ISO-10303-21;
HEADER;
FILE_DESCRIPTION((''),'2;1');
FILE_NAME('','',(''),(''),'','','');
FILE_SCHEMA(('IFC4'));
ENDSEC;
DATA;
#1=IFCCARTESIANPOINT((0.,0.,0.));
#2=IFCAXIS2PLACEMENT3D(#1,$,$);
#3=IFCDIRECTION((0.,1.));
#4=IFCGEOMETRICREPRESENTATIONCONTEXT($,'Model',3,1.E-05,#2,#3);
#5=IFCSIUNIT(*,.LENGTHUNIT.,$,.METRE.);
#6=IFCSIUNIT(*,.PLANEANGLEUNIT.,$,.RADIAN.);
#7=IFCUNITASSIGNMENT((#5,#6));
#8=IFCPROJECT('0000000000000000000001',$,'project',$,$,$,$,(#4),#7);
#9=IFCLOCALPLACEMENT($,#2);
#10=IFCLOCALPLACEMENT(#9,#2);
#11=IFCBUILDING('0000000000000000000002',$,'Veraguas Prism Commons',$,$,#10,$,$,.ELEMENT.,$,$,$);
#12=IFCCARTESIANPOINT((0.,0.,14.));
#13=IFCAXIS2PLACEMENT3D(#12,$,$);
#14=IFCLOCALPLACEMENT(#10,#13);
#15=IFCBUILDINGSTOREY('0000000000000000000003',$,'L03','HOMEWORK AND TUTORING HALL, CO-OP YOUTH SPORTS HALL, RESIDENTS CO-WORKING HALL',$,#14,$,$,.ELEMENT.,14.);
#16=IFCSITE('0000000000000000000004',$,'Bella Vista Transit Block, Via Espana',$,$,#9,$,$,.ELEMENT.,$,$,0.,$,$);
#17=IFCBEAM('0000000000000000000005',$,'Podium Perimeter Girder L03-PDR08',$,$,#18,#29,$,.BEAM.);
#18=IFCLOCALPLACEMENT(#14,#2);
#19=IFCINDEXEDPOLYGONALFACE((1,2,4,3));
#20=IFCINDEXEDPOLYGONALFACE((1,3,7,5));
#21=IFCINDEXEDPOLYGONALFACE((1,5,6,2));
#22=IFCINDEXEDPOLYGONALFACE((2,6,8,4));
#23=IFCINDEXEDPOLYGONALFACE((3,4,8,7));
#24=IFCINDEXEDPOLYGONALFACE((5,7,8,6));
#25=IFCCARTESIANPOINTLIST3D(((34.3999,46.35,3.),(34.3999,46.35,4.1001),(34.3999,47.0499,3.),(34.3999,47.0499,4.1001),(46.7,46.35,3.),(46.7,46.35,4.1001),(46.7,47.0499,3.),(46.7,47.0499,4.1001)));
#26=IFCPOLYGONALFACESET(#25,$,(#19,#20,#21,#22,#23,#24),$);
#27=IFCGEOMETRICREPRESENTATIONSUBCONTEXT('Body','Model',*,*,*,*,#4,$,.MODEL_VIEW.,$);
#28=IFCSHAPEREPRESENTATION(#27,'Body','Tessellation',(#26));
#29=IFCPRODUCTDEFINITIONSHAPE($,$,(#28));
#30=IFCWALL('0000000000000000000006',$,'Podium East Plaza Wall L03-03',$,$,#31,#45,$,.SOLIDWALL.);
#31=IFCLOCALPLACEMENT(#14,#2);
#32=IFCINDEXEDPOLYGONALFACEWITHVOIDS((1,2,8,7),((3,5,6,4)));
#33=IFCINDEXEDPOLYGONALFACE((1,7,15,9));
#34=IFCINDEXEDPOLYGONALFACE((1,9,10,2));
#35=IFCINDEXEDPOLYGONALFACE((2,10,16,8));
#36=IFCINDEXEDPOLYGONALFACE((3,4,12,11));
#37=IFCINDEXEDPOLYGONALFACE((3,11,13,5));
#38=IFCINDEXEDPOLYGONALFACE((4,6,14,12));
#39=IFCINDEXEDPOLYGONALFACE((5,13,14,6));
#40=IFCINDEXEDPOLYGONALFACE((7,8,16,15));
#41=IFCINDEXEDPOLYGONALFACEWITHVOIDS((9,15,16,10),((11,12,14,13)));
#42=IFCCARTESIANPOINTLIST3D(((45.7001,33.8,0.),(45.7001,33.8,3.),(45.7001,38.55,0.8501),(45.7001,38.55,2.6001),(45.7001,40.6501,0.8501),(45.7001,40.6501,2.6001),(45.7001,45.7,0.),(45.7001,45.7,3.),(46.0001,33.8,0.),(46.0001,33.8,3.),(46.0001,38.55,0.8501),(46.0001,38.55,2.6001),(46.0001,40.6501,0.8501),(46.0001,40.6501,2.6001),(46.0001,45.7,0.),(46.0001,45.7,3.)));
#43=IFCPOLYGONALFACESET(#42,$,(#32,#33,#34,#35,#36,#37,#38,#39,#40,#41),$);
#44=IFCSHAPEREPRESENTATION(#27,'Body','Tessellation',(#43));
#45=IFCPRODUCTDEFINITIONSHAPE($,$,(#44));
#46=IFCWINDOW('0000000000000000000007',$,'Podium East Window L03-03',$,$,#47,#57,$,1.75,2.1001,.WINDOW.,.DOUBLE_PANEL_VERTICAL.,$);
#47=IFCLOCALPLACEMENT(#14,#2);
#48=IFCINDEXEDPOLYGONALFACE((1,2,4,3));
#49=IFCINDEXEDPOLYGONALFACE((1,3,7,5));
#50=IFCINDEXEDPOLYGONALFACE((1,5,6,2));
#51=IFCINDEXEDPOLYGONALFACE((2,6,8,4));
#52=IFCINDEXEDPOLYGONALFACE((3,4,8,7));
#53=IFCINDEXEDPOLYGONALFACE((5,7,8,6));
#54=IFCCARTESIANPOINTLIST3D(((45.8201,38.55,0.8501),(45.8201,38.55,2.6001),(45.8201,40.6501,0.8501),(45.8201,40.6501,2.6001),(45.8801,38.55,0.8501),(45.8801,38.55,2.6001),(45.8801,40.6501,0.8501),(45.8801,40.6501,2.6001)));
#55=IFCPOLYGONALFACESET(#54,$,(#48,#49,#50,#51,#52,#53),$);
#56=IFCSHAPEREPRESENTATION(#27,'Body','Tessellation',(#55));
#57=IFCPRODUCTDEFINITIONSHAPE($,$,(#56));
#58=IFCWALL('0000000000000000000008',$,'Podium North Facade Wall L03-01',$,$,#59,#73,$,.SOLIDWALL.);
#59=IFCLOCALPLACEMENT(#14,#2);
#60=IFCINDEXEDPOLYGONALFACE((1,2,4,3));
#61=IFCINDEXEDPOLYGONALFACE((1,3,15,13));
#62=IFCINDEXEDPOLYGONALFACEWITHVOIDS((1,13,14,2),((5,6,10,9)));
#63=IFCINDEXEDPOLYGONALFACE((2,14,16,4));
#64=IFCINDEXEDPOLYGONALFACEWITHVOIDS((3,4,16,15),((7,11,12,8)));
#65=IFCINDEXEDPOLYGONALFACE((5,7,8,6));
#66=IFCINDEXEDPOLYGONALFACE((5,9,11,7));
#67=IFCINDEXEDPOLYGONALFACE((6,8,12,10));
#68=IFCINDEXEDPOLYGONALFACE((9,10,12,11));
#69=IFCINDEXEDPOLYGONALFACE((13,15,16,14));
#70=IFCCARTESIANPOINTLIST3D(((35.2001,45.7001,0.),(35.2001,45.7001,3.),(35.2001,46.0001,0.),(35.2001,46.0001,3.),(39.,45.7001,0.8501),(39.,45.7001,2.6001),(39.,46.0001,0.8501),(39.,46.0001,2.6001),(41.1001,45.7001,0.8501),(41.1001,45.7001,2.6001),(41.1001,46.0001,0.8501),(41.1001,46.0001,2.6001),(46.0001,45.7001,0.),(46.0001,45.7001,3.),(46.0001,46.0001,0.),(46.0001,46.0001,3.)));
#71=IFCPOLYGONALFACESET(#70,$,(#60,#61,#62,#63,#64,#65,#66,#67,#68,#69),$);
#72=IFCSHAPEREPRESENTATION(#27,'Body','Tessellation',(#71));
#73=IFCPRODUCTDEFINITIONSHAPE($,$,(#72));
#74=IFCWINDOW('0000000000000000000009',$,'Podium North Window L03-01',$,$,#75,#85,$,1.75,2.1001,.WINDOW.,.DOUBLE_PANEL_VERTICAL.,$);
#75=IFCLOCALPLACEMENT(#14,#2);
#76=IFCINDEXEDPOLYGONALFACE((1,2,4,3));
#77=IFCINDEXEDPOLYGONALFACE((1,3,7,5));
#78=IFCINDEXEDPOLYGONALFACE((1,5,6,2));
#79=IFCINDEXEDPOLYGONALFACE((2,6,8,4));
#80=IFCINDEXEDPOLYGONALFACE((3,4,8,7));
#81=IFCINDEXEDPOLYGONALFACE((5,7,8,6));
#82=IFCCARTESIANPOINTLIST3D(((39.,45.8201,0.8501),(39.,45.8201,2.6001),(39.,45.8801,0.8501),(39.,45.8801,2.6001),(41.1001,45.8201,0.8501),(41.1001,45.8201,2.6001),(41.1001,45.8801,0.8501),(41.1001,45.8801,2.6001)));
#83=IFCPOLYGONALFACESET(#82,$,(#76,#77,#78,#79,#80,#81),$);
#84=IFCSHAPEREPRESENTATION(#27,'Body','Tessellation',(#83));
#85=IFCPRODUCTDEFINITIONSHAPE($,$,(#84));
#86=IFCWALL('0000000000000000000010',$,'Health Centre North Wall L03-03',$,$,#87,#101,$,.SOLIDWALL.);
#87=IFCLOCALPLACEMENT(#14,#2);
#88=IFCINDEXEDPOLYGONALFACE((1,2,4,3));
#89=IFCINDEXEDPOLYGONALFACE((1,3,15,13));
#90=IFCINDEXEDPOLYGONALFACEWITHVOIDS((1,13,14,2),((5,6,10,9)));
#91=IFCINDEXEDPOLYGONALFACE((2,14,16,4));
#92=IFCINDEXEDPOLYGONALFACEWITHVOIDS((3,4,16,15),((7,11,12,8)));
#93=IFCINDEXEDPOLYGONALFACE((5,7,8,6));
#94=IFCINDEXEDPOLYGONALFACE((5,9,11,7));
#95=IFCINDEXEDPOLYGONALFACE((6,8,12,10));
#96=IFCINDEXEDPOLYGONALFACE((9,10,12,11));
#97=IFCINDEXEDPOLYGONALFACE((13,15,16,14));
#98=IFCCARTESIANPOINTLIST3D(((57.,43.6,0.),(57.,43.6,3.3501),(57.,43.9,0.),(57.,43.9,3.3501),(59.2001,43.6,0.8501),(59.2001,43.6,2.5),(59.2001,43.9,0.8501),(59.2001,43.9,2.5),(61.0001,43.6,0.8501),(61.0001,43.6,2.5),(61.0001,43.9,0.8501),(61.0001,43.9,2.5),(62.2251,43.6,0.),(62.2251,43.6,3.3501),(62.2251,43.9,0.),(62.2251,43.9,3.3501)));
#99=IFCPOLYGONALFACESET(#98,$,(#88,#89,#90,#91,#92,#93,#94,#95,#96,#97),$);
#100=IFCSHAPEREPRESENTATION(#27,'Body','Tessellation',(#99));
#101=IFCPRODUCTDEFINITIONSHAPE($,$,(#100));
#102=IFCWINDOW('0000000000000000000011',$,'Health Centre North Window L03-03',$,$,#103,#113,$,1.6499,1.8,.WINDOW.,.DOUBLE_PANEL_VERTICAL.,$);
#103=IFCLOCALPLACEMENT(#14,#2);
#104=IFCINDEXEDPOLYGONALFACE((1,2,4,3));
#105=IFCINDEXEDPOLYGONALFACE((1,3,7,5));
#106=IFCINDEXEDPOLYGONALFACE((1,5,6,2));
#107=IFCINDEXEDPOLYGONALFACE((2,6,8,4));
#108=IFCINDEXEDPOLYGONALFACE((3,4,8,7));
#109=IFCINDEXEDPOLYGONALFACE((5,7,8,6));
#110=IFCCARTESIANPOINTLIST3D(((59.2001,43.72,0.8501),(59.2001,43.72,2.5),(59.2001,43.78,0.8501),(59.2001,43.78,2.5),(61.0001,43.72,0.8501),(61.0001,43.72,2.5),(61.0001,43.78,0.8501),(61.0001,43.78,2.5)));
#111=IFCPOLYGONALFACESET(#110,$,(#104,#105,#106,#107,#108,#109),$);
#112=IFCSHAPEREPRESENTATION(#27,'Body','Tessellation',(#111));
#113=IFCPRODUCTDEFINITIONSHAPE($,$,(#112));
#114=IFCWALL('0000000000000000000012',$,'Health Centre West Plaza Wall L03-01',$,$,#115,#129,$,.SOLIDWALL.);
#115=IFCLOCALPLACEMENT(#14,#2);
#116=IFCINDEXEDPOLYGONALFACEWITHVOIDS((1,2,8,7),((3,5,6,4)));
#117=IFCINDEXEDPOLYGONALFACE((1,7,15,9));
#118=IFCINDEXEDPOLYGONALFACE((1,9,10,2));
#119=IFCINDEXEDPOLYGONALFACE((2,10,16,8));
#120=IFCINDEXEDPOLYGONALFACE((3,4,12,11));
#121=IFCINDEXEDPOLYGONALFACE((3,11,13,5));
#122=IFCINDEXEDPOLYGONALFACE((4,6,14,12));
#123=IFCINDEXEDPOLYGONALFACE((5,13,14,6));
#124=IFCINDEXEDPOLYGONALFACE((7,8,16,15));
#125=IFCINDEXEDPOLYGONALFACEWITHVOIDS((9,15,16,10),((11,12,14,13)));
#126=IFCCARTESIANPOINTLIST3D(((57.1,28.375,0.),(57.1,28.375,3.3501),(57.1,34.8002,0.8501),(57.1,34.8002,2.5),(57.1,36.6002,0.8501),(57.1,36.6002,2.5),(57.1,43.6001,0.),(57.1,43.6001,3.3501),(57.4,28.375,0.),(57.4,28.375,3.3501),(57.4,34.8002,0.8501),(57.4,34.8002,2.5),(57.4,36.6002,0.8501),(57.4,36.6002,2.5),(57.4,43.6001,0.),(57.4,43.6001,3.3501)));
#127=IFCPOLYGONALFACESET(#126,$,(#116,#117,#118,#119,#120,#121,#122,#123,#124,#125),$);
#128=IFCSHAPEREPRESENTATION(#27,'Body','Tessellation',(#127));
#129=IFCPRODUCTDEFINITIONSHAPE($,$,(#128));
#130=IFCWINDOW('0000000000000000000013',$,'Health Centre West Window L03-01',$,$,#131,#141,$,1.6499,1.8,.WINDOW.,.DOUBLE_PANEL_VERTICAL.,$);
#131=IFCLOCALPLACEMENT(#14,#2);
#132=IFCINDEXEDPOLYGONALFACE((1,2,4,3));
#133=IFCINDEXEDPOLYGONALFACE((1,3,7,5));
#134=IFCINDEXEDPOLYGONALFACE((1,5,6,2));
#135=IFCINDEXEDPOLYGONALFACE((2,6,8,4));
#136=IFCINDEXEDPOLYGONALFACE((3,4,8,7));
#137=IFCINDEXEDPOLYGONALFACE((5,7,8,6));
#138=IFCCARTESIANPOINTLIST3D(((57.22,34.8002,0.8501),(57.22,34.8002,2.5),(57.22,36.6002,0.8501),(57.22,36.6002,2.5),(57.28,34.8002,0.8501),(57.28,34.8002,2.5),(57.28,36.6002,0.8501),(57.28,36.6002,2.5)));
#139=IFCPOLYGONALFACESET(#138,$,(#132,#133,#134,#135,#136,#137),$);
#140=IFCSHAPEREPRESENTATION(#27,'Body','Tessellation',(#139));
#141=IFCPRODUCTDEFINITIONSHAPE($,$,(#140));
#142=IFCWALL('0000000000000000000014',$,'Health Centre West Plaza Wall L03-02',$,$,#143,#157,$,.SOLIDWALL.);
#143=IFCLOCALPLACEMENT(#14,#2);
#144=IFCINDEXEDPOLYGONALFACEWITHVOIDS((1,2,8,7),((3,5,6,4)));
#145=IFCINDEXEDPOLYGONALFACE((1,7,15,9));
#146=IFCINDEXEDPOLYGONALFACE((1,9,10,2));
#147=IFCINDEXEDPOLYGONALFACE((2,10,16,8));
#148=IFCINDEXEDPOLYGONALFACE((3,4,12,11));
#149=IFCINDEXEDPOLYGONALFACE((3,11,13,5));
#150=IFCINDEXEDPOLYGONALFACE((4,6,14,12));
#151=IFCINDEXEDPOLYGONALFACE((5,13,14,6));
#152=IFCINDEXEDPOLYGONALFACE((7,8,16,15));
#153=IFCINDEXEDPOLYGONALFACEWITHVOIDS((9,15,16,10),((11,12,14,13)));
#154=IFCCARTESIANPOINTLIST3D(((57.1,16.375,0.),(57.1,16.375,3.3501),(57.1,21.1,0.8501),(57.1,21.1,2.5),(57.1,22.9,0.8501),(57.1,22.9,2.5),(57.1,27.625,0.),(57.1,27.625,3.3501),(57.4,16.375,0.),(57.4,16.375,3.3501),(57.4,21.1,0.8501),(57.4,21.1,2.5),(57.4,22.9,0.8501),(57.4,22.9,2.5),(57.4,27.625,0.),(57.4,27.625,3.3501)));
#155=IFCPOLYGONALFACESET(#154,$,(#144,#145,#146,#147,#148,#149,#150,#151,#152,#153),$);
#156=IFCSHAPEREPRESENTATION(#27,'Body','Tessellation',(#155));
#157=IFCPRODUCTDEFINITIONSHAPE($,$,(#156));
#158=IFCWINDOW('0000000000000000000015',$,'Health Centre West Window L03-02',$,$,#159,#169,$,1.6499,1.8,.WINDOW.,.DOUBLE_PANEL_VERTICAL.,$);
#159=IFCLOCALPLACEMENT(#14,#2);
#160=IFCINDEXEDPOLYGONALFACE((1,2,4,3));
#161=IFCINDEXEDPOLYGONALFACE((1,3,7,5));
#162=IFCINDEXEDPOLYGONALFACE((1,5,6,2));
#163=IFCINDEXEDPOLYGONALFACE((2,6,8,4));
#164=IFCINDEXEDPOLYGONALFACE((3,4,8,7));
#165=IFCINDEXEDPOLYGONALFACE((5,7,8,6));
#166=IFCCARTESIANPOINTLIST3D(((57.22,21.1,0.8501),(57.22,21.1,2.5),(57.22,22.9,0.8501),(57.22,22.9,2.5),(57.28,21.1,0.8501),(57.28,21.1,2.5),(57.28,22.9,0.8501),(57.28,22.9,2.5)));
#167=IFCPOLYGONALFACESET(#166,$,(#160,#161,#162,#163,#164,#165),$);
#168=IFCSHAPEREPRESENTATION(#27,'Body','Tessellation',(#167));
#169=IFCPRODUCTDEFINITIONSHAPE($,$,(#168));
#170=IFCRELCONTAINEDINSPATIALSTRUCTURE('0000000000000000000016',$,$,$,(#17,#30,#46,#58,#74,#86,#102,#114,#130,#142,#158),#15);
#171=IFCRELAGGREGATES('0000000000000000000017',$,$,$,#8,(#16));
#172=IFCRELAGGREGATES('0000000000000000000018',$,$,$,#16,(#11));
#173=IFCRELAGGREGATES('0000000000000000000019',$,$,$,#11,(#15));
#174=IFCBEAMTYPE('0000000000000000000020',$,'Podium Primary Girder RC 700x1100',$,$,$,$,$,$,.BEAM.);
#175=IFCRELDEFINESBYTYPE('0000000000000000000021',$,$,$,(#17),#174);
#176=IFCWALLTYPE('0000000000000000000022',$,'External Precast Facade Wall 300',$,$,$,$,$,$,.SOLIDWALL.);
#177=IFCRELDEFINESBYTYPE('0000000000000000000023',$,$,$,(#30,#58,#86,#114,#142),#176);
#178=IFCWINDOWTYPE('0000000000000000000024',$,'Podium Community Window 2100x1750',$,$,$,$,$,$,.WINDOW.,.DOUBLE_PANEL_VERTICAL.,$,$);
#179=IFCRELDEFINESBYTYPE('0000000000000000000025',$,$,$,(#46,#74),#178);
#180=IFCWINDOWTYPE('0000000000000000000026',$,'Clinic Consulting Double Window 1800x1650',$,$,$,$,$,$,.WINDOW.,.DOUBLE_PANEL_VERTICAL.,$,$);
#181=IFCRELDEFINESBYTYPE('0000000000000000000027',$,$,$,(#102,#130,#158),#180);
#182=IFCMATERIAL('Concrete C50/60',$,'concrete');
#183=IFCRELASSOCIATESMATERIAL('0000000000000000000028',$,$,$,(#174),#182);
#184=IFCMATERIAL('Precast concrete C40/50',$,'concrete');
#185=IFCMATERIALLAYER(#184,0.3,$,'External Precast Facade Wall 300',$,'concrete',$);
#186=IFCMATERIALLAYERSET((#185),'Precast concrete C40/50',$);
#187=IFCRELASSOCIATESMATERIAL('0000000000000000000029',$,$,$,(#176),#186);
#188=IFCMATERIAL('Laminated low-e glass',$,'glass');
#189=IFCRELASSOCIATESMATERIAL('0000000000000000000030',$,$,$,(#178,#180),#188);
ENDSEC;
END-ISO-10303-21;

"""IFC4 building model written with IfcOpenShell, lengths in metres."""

from ifc_helpers import new_model, si_unit, direction, frame, frame_2d, origin, origin_2d, place, context, subcontext, project, spatial, rectangle, extrude, source, transform, mapped, material, layer, layer_set, material_profile, profile_set, type_object, element, fill, save


model = new_model("IFC4")

# Units and contexts
model_context = context("Model", 3, precision=1e-05, world=origin(), true_north=direction((0.0, 1.0)))
body_context = subcontext(model_context, "Body", "Model", "MODEL_VIEW")
ifc_project = project(units=[si_unit("LENGTHUNIT", "METRE"), si_unit("PLANEANGLEUNIT", "RADIAN")], contexts=[model_context])

# Site, building, storey
site_placement = place(None, origin())
site = spatial("IfcSite", under=ifc_project, at=site_placement, Name="Bella Vista Transit Block, Via Espana", CompositionType="ELEMENT", RefElevation=0.0)
building_placement = place(site_placement, origin())
building = spatial("IfcBuilding", under=site, at=building_placement, Name="Veraguas Prism Commons", CompositionType="ELEMENT")
storey_placement = place(building_placement, frame((0.0, 0.0, 14.0)))
storey = spatial("IfcBuildingStorey", under=building, at=storey_placement, Name="L03", Description="HOMEWORK AND TUTORING HALL, CO-OP YOUTH SPORTS HALL, RESIDENTS CO-WORKING HALL", CompositionType="ELEMENT", Elevation=14.0)

# Shared definitions
ifc_material_1 = material(Name="Concrete C50/60", Category="concrete")

# Beam
ifc_material_profile_1 = material_profile(ifc_material_1, rectangle(XDim=0.7, YDim=1.1001, at=origin_2d()), Name="RC700X1100")
ifc_profile_set_1 = profile_set([ifc_material_profile_1], Name="Concrete C50/60")
beam_type_1 = type_object("IfcBeamType", Name="Podium Primary Girder RC 700x1100", PredefinedType="BEAM", material=ifc_profile_set_1)
beam_1_placement = place(storey_placement, frame((46.7, 46.7, 3.55), z_axis=(-1.0, 0.0, 0.0), x_axis=(0.0, -1.0, 0.0)))
element("IfcBeam", 1, at=beam_1_placement, inside=storey, type_object=beam_type_1, Name="Podium Perimeter Girder L03-PDR08", PredefinedType="BEAM", context=body_context, shape_type="SweptSolid", body=[
    extrude(rectangle(XDim=0.7, YDim=1.1001, at=origin_2d()), origin(), (0.0, 0.0, 1.0), 12.3),
])

# Walls, openings, windows
ifc_material_2 = material(Name="Precast concrete C40/50", Category="concrete")
ifc_layer_1 = layer(ifc_material_2, 0.3, Name="External Precast Facade Wall 300", Category="concrete")
ifc_layer_set_1 = layer_set([ifc_layer_1], Name="Precast concrete C40/50")
wall_type_1 = type_object("IfcWallType", Name="External Precast Facade Wall 300", PredefinedType="SOLIDWALL", material=ifc_layer_set_1)
wall_1_placement = place(storey_placement, frame((45.8501, 33.8, 0.0), z_axis=(0.0, 0.0, 1.0), x_axis=(0.0, 1.0, 0.0)))
wall_1 = element("IfcWall", 2, at=wall_1_placement, inside=storey, type_object=wall_type_1, Name="Podium East Plaza Wall L03-03", PredefinedType="SOLIDWALL", context=body_context, shape_type="SweptSolid", body=[
    extrude(rectangle(XDim=11.8999, YDim=0.3, at=frame_2d((5.95, 0.0))), origin(), (0.0, 0.0, 1.0), 3.0),
])
opening_1_placement = place(wall_1_placement, frame((4.75, 0.0, 0.8501)))
opening_1 = element("IfcOpeningElement", 3, at=opening_1_placement, cuts=wall_1, PredefinedType="OPENING", context=body_context, shape_type="SweptSolid", body=[
    extrude(rectangle(XDim=2.1001, YDim=1.75, at=frame_2d((1.05, 0.875))), frame((0.0, 0.1599, 0.0), z_axis=(0.0, -1.0, 0.0), x_axis=(1.0, 0.0, 0.0)), (0.0, 0.0, 1.0), 0.3201),
])
ifc_material_3 = material(Name="Laminated low-e glass", Category="glass")
window_type_1 = type_object("IfcWindowType", Name="Podium Community Window 2100x1750", PartitioningType="DOUBLE_PANEL_VERTICAL", PredefinedType="WINDOW", material=ifc_material_3)
shared_shape_1 = source(origin(), body_context, "Body", "SweptSolid", [
    extrude(rectangle(XDim=2.1001, YDim=1.75, at=frame_2d((1.05, 0.875))), frame((0.0, 0.03, 0.0), z_axis=(0.0, -1.0, 0.0), x_axis=(1.0, 0.0, 0.0)), (0.0, 0.0, 1.0), 0.0601),
])
window_1_placement = place(opening_1_placement, origin())
window_1 = element("IfcWindow", 4, at=window_1_placement, inside=storey, type_object=window_type_1, Name="Podium East Window L03-03", OverallHeight=1.75, OverallWidth=2.1001, PartitioningType="DOUBLE_PANEL_VERTICAL", PredefinedType="WINDOW", context=body_context, shape_type="MappedRepresentation", body=[
    mapped(shared_shape_1, transform((0.0, 0.0, 0.0), scale=1.0)),
])
fill(opening_1, window_1)
wall_2_placement = place(storey_placement, frame((46.0, 45.8501, 0.0), z_axis=(0.0, 0.0, 1.0), x_axis=(-1.0, 0.0, 0.0)))
wall_2 = element("IfcWall", 5, at=wall_2_placement, inside=storey, type_object=wall_type_1, Name="Podium North Facade Wall L03-01", PredefinedType="SOLIDWALL", context=body_context, shape_type="SweptSolid", body=[
    extrude(rectangle(XDim=10.8, YDim=0.3, at=frame_2d((5.3999, 0.0))), origin(), (0.0, 0.0, 1.0), 3.0),
])
opening_2_placement = place(wall_2_placement, frame((4.8999, 0.0, 0.8501)))
opening_2 = element("IfcOpeningElement", 6, at=opening_2_placement, cuts=wall_2, PredefinedType="OPENING", context=body_context, shape_type="SweptSolid", body=[
    extrude(rectangle(XDim=2.1001, YDim=1.75, at=frame_2d((1.05, 0.875))), frame((0.0, 0.1599, 0.0), z_axis=(0.0, -1.0, 0.0), x_axis=(1.0, 0.0, 0.0)), (0.0, 0.0, 1.0), 0.3201),
])
window_2_placement = place(opening_2_placement, origin())
window_2 = element("IfcWindow", 7, at=window_2_placement, inside=storey, type_object=window_type_1, Name="Podium North Window L03-01", OverallHeight=1.75, OverallWidth=2.1001, PartitioningType="DOUBLE_PANEL_VERTICAL", PredefinedType="WINDOW", context=body_context, shape_type="MappedRepresentation", body=[
    mapped(shared_shape_1, transform((0.0, 0.0, 0.0), scale=1.0)),
])
fill(opening_2, window_2)
wall_3_placement = place(storey_placement, frame((62.2251, 43.75, 0.0), z_axis=(0.0, 0.0, 1.0), x_axis=(-1.0, 0.0, 0.0)))
wall_3 = element("IfcWall", 8, at=wall_3_placement, inside=storey, type_object=wall_type_1, Name="Health Centre North Wall L03-03", PredefinedType="SOLIDWALL", context=body_context, shape_type="SweptSolid", body=[
    extrude(rectangle(XDim=5.2251, YDim=0.3, at=frame_2d((2.6125, 0.0))), origin(), (0.0, 0.0, 1.0), 3.3501),
])
opening_3_placement = place(wall_3_placement, frame((1.2251, 0.0, 0.8501)))
opening_3 = element("IfcOpeningElement", 9, at=opening_3_placement, cuts=wall_3, PredefinedType="OPENING", context=body_context, shape_type="SweptSolid", body=[
    extrude(rectangle(XDim=1.8, YDim=1.6499, at=frame_2d((0.8999, 0.825))), frame((0.0, 0.1599, 0.0), z_axis=(0.0, -1.0, 0.0), x_axis=(1.0, 0.0, 0.0)), (0.0, 0.0, 1.0), 0.3201),
])
window_type_2 = type_object("IfcWindowType", Name="Clinic Consulting Double Window 1800x1650", PartitioningType="DOUBLE_PANEL_VERTICAL", PredefinedType="WINDOW", material=ifc_material_3)
shared_shape_2 = source(origin(), body_context, "Body", "SweptSolid", [
    extrude(rectangle(XDim=1.8, YDim=1.6499, at=frame_2d((0.8999, 0.825))), frame((0.0, 0.03, 0.0), z_axis=(0.0, -1.0, 0.0), x_axis=(1.0, 0.0, 0.0)), (0.0, 0.0, 1.0), 0.0601),
])
window_3_placement = place(opening_3_placement, origin())
window_3 = element("IfcWindow", 10, at=window_3_placement, inside=storey, type_object=window_type_2, Name="Health Centre North Window L03-03", OverallHeight=1.6499, OverallWidth=1.8, PartitioningType="DOUBLE_PANEL_VERTICAL", PredefinedType="WINDOW", context=body_context, shape_type="MappedRepresentation", body=[
    mapped(shared_shape_2, transform((0.0, 0.0, 0.0), scale=1.0)),
])
fill(opening_3, window_3)
wall_4_placement = place(storey_placement, frame((57.25, 43.6001, 0.0), z_axis=(0.0, 0.0, 1.0), x_axis=(0.0, -1.0, 0.0)))
wall_4 = element("IfcWall", 11, at=wall_4_placement, inside=storey, type_object=wall_type_1, Name="Health Centre West Plaza Wall L03-01", PredefinedType="SOLIDWALL", context=body_context, shape_type="SweptSolid", body=[
    extrude(rectangle(XDim=15.2251, YDim=0.3, at=frame_2d((7.6125, 0.0))), origin(), (0.0, 0.0, 1.0), 3.3501),
])
opening_4_placement = place(wall_4_placement, frame((7.0, 0.0, 0.8501)))
opening_4 = element("IfcOpeningElement", 12, at=opening_4_placement, cuts=wall_4, PredefinedType="OPENING", context=body_context, shape_type="SweptSolid", body=[
    extrude(rectangle(XDim=1.8, YDim=1.6499, at=frame_2d((0.8999, 0.825))), frame((0.0, 0.1599, 0.0), z_axis=(0.0, -1.0, 0.0), x_axis=(1.0, 0.0, 0.0)), (0.0, 0.0, 1.0), 0.3201),
])
window_4_placement = place(opening_4_placement, origin())
window_4 = element("IfcWindow", 13, at=window_4_placement, inside=storey, type_object=window_type_2, Name="Health Centre West Window L03-01", OverallHeight=1.6499, OverallWidth=1.8, PartitioningType="DOUBLE_PANEL_VERTICAL", PredefinedType="WINDOW", context=body_context, shape_type="MappedRepresentation", body=[
    mapped(shared_shape_2, transform((0.0, 0.0, 0.0), scale=1.0)),
])
fill(opening_4, window_4)
wall_5_placement = place(storey_placement, frame((57.25, 27.625, 0.0), z_axis=(0.0, 0.0, 1.0), x_axis=(0.0, -1.0, 0.0)))
wall_5 = element("IfcWall", 14, at=wall_5_placement, inside=storey, type_object=wall_type_1, Name="Health Centre West Plaza Wall L03-02", PredefinedType="SOLIDWALL", context=body_context, shape_type="SweptSolid", body=[
    extrude(rectangle(XDim=11.25, YDim=0.3, at=frame_2d((5.625, 0.0))), origin(), (0.0, 0.0, 1.0), 3.3501),
])
opening_5_placement = place(wall_5_placement, frame((4.7251, 0.0, 0.8501)))
opening_5 = element("IfcOpeningElement", 15, at=opening_5_placement, cuts=wall_5, PredefinedType="OPENING", context=body_context, shape_type="SweptSolid", body=[
    extrude(rectangle(XDim=1.8, YDim=1.6499, at=frame_2d((0.8999, 0.825))), frame((0.0, 0.1599, 0.0), z_axis=(0.0, -1.0, 0.0), x_axis=(1.0, 0.0, 0.0)), (0.0, 0.0, 1.0), 0.3201),
])
window_5_placement = place(opening_5_placement, origin())
window_5 = element("IfcWindow", 16, at=window_5_placement, inside=storey, type_object=window_type_2, Name="Health Centre West Window L03-02", OverallHeight=1.6499, OverallWidth=1.8, PartitioningType="DOUBLE_PANEL_VERTICAL", PredefinedType="WINDOW", context=body_context, shape_type="MappedRepresentation", body=[
    mapped(shared_shape_2, transform((0.0, 0.0, 0.0), scale=1.0)),
])
fill(opening_5, window_5)

save(model, "model.ifc")
